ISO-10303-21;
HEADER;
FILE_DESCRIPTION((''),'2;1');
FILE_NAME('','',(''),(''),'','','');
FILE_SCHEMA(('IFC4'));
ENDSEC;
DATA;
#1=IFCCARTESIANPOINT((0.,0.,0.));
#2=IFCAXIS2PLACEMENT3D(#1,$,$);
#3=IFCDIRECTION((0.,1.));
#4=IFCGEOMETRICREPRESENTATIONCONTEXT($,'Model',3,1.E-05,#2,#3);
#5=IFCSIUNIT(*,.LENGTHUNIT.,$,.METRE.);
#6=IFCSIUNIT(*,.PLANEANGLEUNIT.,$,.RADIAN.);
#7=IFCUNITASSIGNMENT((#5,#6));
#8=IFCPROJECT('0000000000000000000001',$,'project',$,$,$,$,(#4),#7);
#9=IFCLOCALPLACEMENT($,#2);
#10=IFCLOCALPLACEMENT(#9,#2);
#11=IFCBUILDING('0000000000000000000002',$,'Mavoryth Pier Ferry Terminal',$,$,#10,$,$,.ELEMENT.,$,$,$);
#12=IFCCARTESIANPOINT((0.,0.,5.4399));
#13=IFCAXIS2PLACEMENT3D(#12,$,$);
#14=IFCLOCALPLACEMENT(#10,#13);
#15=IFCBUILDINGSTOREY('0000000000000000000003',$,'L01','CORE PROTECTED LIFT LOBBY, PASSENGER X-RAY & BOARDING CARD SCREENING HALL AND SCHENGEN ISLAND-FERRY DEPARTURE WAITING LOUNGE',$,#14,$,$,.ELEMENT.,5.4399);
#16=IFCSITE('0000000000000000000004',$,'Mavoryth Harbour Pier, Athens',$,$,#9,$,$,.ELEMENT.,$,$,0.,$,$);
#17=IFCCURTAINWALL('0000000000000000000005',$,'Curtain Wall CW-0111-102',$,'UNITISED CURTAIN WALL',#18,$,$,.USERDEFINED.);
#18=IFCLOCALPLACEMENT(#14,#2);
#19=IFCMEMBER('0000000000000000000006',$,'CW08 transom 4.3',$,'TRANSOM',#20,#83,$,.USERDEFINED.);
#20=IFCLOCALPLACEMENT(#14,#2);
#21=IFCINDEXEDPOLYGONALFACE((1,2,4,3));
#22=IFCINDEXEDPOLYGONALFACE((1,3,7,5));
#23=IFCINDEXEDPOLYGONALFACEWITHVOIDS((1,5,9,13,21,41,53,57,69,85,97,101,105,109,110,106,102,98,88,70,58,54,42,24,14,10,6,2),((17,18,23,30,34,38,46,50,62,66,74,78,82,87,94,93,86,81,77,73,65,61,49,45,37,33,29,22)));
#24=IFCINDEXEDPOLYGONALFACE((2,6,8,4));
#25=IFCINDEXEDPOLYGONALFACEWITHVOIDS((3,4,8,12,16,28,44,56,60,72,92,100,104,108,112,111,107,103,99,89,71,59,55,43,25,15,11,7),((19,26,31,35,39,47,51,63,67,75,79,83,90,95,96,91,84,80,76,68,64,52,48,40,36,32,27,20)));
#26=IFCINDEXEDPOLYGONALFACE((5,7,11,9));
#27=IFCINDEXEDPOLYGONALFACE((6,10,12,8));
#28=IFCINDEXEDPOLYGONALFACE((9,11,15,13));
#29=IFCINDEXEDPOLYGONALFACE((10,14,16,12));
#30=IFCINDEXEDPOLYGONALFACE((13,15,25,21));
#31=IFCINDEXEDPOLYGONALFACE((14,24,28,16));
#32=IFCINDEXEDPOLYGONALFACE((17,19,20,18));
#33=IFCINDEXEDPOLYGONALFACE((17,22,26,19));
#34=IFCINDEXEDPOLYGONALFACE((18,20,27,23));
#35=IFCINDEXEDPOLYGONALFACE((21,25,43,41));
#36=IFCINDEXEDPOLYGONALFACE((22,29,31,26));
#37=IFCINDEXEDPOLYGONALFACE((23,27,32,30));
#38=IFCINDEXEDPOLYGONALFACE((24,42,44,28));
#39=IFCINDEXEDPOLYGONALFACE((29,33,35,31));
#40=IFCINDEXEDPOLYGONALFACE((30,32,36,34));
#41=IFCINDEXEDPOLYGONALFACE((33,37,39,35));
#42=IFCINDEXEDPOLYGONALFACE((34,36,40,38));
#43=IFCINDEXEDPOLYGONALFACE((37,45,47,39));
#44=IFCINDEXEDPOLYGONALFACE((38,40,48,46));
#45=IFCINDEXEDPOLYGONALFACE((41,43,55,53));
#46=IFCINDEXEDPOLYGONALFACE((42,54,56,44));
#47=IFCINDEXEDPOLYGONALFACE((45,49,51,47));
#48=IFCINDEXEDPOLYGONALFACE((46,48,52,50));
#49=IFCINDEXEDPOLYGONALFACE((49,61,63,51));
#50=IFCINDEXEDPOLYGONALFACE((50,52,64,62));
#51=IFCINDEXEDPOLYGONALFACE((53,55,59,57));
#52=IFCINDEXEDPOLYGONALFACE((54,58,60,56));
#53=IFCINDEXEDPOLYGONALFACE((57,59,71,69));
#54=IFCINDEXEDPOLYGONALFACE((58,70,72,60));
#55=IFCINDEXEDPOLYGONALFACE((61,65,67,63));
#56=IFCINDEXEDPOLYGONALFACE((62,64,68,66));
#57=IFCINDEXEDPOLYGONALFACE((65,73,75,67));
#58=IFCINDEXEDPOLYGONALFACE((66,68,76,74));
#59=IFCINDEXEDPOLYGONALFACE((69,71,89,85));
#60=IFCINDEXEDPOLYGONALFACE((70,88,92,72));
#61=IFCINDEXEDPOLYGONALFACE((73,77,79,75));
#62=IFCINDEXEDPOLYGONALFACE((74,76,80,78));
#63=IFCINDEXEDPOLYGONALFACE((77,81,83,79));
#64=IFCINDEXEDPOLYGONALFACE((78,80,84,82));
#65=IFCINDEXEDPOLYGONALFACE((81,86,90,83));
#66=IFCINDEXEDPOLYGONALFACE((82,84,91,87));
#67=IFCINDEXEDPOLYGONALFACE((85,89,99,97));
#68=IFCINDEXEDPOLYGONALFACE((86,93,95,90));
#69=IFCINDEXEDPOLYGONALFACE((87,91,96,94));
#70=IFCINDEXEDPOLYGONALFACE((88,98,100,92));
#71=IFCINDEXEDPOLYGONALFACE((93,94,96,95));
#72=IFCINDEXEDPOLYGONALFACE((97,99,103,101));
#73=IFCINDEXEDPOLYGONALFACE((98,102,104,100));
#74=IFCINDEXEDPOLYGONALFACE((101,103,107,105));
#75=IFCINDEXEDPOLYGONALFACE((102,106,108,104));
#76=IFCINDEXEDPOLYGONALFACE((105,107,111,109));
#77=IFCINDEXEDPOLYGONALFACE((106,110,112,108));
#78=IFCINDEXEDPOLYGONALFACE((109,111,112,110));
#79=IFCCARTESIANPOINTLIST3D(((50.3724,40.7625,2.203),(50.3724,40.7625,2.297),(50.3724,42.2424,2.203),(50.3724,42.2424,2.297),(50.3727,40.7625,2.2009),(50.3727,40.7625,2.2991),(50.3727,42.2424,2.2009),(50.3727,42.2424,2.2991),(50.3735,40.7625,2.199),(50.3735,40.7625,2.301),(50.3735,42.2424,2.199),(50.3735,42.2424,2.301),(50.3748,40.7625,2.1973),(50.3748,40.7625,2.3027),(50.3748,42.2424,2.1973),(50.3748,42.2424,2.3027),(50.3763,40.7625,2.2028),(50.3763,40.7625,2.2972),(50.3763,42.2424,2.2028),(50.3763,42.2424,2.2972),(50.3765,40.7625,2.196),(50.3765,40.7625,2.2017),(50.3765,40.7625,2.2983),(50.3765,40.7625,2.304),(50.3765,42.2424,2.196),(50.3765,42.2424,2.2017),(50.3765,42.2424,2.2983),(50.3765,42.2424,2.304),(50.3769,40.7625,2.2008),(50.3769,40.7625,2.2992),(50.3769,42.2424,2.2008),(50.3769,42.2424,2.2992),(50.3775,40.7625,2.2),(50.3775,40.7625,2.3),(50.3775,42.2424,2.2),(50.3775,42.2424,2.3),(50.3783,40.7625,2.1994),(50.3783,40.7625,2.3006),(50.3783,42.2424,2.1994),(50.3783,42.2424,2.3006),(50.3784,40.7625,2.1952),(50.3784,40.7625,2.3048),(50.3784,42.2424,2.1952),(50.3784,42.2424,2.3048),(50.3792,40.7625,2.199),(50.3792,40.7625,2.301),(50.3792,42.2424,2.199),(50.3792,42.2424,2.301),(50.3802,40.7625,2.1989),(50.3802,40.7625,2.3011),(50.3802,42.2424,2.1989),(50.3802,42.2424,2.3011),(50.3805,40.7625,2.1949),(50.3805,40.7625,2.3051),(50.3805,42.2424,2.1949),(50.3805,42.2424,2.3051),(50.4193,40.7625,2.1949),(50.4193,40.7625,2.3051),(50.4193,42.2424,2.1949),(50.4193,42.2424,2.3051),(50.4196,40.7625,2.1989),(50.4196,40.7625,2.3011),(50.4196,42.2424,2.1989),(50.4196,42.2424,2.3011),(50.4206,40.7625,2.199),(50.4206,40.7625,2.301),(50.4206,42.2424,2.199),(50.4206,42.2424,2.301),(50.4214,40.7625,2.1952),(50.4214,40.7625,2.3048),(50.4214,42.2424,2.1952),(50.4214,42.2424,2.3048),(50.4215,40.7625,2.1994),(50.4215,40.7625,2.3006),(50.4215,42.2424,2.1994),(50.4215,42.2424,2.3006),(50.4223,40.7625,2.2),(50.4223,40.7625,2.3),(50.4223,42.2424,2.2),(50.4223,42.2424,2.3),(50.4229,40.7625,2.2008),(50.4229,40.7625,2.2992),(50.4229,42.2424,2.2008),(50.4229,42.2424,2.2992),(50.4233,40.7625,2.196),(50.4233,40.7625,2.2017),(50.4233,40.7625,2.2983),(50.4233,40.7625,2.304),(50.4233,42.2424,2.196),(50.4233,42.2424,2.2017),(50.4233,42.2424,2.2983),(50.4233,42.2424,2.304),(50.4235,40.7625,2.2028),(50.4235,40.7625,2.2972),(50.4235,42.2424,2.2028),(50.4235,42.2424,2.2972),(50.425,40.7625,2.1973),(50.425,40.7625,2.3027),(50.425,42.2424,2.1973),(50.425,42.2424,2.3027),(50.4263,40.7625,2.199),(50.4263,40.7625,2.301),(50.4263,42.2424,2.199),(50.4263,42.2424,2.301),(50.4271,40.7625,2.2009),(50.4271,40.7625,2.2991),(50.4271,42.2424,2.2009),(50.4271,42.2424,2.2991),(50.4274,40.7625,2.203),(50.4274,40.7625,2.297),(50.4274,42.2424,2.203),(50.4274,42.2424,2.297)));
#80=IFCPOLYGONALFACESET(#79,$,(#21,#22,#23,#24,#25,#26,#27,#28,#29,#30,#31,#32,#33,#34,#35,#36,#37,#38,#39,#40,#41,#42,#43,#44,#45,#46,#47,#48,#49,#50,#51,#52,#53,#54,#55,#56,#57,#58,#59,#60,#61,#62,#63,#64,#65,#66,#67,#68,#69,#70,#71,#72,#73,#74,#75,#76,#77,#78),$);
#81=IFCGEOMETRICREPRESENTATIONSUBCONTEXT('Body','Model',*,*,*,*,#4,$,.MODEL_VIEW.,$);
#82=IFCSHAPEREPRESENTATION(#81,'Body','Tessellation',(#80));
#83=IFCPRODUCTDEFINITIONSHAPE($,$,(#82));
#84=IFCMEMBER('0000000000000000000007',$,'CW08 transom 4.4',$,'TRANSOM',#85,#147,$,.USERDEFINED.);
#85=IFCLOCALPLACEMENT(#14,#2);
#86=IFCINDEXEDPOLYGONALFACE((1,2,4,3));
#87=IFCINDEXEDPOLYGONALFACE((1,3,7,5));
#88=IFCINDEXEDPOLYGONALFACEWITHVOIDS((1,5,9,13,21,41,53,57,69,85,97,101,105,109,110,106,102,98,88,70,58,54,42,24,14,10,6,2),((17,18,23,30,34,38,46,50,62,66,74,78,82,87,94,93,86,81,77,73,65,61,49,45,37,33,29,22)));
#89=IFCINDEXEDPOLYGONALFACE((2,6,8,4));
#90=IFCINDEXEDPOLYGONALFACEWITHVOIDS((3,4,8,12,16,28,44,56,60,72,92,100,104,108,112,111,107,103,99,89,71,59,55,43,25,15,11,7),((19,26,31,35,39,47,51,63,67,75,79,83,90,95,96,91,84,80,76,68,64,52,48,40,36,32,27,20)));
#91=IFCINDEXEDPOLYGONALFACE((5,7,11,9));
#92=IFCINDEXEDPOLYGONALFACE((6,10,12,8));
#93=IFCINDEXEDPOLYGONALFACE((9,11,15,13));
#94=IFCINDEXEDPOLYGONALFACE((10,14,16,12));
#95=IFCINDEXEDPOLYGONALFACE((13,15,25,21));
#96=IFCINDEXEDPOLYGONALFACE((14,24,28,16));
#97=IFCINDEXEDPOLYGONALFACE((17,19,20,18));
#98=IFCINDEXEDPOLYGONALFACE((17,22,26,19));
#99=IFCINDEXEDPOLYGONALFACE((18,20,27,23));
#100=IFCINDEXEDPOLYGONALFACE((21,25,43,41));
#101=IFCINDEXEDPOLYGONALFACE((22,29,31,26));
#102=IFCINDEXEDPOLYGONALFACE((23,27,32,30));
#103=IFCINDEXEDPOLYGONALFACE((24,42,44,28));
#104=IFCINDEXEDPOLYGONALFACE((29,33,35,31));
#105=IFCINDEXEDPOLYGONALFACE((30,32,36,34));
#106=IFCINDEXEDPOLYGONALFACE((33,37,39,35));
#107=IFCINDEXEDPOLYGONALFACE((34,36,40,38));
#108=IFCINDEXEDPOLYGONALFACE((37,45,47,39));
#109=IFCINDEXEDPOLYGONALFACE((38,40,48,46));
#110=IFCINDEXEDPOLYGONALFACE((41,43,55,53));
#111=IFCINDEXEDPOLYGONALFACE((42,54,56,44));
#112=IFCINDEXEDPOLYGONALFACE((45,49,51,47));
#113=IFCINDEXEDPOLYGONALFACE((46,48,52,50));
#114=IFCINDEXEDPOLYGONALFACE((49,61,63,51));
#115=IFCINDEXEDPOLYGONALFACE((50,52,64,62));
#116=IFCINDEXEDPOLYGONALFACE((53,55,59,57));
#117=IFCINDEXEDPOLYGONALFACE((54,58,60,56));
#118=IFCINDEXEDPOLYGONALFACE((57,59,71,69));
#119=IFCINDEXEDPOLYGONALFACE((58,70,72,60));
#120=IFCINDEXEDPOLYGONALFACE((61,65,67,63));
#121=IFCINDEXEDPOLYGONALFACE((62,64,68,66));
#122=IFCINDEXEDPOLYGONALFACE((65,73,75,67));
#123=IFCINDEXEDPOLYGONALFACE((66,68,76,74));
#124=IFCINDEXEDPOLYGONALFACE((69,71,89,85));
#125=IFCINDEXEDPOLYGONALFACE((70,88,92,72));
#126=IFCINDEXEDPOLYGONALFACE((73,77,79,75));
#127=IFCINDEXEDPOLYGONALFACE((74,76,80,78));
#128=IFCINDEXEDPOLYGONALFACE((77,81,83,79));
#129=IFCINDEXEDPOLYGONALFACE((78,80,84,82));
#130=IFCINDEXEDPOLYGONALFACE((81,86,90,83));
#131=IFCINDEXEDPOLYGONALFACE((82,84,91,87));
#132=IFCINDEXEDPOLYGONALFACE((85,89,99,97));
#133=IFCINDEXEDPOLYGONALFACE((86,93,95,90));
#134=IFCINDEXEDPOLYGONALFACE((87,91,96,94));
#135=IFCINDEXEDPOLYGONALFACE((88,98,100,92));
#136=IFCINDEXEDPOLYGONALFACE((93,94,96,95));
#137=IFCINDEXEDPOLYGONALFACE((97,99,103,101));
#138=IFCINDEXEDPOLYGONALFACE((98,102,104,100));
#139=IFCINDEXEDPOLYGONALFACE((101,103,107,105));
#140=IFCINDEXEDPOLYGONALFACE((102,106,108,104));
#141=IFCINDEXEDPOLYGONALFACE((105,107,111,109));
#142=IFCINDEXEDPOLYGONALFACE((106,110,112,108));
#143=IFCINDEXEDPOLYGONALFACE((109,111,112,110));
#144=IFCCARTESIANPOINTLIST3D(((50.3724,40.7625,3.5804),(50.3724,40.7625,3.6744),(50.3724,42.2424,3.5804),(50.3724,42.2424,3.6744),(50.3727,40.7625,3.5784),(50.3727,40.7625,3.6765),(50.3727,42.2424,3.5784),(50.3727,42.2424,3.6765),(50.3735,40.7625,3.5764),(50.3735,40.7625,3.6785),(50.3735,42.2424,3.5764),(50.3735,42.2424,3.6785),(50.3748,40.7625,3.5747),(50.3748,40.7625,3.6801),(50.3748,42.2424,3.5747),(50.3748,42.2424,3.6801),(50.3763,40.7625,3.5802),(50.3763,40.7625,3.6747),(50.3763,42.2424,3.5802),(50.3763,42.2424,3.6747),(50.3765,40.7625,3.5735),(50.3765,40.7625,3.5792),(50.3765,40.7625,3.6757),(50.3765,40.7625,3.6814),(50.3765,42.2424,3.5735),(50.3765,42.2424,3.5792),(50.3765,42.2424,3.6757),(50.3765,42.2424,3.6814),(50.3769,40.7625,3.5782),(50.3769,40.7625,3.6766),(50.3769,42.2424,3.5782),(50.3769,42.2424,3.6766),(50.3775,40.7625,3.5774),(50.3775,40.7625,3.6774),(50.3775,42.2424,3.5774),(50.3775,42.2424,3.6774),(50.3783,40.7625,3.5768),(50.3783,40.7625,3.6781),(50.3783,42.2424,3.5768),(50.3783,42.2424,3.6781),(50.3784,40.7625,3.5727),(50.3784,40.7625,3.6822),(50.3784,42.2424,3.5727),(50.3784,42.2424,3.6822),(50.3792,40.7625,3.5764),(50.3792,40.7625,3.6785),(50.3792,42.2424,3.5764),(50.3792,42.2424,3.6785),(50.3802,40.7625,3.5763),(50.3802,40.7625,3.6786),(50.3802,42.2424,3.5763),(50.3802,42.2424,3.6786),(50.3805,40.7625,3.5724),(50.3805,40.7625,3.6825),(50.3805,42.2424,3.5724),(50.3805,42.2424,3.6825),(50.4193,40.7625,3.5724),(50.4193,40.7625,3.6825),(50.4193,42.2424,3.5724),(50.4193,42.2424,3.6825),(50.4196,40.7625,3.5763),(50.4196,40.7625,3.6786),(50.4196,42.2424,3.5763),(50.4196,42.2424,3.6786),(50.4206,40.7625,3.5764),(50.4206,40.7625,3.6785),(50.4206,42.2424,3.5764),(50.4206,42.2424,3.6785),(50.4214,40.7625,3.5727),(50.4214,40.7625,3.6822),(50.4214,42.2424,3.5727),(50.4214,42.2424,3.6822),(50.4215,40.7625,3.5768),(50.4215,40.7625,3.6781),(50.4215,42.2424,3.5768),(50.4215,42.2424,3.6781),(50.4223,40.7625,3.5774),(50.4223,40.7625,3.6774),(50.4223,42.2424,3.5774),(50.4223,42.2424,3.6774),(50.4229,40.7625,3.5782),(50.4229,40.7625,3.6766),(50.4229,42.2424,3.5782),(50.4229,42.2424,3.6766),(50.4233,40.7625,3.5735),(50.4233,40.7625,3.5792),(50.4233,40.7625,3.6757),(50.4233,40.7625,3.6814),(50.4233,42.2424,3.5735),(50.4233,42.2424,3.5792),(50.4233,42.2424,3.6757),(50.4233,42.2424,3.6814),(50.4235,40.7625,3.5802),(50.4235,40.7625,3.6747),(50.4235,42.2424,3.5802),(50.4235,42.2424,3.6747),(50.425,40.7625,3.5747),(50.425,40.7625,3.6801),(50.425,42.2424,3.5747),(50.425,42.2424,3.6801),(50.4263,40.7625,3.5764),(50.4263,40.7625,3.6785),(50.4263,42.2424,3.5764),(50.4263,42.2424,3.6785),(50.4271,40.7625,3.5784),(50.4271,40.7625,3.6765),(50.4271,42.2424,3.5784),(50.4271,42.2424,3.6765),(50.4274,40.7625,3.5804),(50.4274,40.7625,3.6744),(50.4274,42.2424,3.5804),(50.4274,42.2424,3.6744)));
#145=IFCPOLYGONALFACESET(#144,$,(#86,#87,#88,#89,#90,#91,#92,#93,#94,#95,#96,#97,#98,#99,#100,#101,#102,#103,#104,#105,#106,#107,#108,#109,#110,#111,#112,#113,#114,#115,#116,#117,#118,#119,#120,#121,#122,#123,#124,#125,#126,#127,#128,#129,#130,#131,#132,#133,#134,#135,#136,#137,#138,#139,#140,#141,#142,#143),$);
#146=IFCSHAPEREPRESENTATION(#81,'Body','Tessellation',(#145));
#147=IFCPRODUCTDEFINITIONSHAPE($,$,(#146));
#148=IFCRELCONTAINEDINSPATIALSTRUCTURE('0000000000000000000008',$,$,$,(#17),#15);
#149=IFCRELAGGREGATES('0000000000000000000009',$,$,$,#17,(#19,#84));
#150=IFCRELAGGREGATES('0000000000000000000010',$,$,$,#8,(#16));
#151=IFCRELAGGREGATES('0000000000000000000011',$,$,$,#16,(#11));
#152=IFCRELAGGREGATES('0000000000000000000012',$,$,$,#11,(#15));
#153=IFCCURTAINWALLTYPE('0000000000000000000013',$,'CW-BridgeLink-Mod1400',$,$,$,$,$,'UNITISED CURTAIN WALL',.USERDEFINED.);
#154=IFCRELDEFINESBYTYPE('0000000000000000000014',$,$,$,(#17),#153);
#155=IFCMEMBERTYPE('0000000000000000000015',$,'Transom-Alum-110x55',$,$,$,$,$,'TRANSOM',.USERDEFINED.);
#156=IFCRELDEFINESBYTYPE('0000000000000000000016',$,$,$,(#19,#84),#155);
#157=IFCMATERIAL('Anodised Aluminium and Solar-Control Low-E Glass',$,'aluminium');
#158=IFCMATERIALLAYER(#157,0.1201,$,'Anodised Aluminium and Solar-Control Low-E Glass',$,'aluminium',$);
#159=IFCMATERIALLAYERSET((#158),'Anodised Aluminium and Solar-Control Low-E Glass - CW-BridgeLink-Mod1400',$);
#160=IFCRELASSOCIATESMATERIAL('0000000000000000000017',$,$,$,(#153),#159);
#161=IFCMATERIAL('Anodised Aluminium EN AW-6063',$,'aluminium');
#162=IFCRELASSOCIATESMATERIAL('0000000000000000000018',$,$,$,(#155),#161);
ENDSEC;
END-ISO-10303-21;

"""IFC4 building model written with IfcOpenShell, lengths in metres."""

from ifc_helpers import new_model, si_unit, direction, frame, origin, origin_2d, place, context, subcontext, project, spatial, hollow_rectangle, extrude, material, layer, layer_set, material_profile, profile_set, type_object, element, aggregate, save


model = new_model("IFC4")

# Units and contexts
model_context = context("Model", 3, precision=1e-05, world=origin(), true_north=direction((0.0, 1.0)))
body_context = subcontext(model_context, "Body", "Model", "MODEL_VIEW")
ifc_project = project(units=[si_unit("LENGTHUNIT", "METRE"), si_unit("PLANEANGLEUNIT", "RADIAN")], contexts=[model_context])

# Site, building, storey
site_placement = place(None, origin())
site = spatial("IfcSite", under=ifc_project, at=site_placement, Name="Mavoryth Harbour Pier, Athens", CompositionType="ELEMENT", RefElevation=0.0)
building_placement = place(site_placement, origin())
building = spatial("IfcBuilding", under=site, at=building_placement, Name="Mavoryth Pier Ferry Terminal", CompositionType="ELEMENT")
storey_placement = place(building_placement, frame((0.0, 0.0, 5.4399)))
storey = spatial("IfcBuildingStorey", under=building, at=storey_placement, Name="L01", Description="CORE PROTECTED LIFT LOBBY, PASSENGER X-RAY & BOARDING CARD SCREENING HALL AND SCHENGEN ISLAND-FERRY DEPARTURE WAITING LOUNGE", CompositionType="ELEMENT", Elevation=5.4399)

# Curtain wall
ifc_material_1 = material(Name="Anodised Aluminium and Solar-Control Low-E Glass", Category="aluminium")
ifc_layer_1 = layer(ifc_material_1, 0.1201, Name="Anodised Aluminium and Solar-Control Low-E Glass", Category="aluminium")
ifc_layer_set_1 = layer_set([ifc_layer_1], Name="Anodised Aluminium and Solar-Control Low-E Glass - CW-BridgeLink-Mod1400")
curtain_wall_type = type_object("IfcCurtainWallType", Name="CW-BridgeLink-Mod1400", ElementType="UNITISED CURTAIN WALL", PredefinedType="USERDEFINED", material=ifc_layer_set_1)
curtain_wall_1_placement = place(storey_placement, origin())
curtain_wall_1 = element("IfcCurtainWall", 1, at=curtain_wall_1_placement, inside=storey, type_object=curtain_wall_type, Name="Curtain Wall CW-0111-102", ObjectType="UNITISED CURTAIN WALL", PredefinedType="USERDEFINED")
ifc_material_2 = material(Name="Anodised Aluminium EN AW-6063", Category="aluminium")

# Members
ifc_material_profile_1 = material_profile(ifc_material_2, hollow_rectangle(XDim=0.0549, YDim=0.1101, WallThickness=0.0039, InnerFilletRadius=0.0039, OuterFilletRadius=0.0081, at=origin_2d()), Name="AL-TRAN 110x55x4", Category="aluminium")
ifc_profile_set_1 = profile_set([ifc_material_profile_1], Name="Anodised Aluminium EN AW-6063 - AL-TRAN 110x55x4")
member_type_1 = type_object("IfcMemberType", Name="Transom-Alum-110x55", ElementType="TRANSOM", PredefinedType="USERDEFINED", material=ifc_profile_set_1)
member_1_placement = place(storey_placement, frame((50.3999, 42.2424, 2.25), z_axis=(0.0, -1.0, 0.0), x_axis=(1.0, 0.0, 0.0)))
member_1 = element("IfcMember", 2, at=member_1_placement, type_object=member_type_1, Name="CW08 transom 4.3", ObjectType="TRANSOM", PredefinedType="USERDEFINED", context=body_context, shape_type="SweptSolid", body=[
    extrude(hollow_rectangle(XDim=0.0549, YDim=0.1101, WallThickness=0.0039, InnerFilletRadius=0.0039, OuterFilletRadius=0.0081, at=origin_2d()), origin(), (0.0, 0.0, 1.0), 1.48),
])
member_2_placement = place(storey_placement, frame((50.3999, 42.2424, 3.6274), z_axis=(0.0, -1.0, 0.0), x_axis=(1.0, 0.0, 0.0)))
member_2 = element("IfcMember", 3, at=member_2_placement, type_object=member_type_1, Name="CW08 transom 4.4", ObjectType="TRANSOM", PredefinedType="USERDEFINED", context=body_context, shape_type="SweptSolid", body=[
    extrude(hollow_rectangle(XDim=0.0549, YDim=0.1101, WallThickness=0.0039, InnerFilletRadius=0.0039, OuterFilletRadius=0.0081, at=origin_2d()), origin(), (0.0, 0.0, 1.0), 1.48),
])

aggregate(curtain_wall_1, [member_1, member_2])

save(model, "model.ifc")
